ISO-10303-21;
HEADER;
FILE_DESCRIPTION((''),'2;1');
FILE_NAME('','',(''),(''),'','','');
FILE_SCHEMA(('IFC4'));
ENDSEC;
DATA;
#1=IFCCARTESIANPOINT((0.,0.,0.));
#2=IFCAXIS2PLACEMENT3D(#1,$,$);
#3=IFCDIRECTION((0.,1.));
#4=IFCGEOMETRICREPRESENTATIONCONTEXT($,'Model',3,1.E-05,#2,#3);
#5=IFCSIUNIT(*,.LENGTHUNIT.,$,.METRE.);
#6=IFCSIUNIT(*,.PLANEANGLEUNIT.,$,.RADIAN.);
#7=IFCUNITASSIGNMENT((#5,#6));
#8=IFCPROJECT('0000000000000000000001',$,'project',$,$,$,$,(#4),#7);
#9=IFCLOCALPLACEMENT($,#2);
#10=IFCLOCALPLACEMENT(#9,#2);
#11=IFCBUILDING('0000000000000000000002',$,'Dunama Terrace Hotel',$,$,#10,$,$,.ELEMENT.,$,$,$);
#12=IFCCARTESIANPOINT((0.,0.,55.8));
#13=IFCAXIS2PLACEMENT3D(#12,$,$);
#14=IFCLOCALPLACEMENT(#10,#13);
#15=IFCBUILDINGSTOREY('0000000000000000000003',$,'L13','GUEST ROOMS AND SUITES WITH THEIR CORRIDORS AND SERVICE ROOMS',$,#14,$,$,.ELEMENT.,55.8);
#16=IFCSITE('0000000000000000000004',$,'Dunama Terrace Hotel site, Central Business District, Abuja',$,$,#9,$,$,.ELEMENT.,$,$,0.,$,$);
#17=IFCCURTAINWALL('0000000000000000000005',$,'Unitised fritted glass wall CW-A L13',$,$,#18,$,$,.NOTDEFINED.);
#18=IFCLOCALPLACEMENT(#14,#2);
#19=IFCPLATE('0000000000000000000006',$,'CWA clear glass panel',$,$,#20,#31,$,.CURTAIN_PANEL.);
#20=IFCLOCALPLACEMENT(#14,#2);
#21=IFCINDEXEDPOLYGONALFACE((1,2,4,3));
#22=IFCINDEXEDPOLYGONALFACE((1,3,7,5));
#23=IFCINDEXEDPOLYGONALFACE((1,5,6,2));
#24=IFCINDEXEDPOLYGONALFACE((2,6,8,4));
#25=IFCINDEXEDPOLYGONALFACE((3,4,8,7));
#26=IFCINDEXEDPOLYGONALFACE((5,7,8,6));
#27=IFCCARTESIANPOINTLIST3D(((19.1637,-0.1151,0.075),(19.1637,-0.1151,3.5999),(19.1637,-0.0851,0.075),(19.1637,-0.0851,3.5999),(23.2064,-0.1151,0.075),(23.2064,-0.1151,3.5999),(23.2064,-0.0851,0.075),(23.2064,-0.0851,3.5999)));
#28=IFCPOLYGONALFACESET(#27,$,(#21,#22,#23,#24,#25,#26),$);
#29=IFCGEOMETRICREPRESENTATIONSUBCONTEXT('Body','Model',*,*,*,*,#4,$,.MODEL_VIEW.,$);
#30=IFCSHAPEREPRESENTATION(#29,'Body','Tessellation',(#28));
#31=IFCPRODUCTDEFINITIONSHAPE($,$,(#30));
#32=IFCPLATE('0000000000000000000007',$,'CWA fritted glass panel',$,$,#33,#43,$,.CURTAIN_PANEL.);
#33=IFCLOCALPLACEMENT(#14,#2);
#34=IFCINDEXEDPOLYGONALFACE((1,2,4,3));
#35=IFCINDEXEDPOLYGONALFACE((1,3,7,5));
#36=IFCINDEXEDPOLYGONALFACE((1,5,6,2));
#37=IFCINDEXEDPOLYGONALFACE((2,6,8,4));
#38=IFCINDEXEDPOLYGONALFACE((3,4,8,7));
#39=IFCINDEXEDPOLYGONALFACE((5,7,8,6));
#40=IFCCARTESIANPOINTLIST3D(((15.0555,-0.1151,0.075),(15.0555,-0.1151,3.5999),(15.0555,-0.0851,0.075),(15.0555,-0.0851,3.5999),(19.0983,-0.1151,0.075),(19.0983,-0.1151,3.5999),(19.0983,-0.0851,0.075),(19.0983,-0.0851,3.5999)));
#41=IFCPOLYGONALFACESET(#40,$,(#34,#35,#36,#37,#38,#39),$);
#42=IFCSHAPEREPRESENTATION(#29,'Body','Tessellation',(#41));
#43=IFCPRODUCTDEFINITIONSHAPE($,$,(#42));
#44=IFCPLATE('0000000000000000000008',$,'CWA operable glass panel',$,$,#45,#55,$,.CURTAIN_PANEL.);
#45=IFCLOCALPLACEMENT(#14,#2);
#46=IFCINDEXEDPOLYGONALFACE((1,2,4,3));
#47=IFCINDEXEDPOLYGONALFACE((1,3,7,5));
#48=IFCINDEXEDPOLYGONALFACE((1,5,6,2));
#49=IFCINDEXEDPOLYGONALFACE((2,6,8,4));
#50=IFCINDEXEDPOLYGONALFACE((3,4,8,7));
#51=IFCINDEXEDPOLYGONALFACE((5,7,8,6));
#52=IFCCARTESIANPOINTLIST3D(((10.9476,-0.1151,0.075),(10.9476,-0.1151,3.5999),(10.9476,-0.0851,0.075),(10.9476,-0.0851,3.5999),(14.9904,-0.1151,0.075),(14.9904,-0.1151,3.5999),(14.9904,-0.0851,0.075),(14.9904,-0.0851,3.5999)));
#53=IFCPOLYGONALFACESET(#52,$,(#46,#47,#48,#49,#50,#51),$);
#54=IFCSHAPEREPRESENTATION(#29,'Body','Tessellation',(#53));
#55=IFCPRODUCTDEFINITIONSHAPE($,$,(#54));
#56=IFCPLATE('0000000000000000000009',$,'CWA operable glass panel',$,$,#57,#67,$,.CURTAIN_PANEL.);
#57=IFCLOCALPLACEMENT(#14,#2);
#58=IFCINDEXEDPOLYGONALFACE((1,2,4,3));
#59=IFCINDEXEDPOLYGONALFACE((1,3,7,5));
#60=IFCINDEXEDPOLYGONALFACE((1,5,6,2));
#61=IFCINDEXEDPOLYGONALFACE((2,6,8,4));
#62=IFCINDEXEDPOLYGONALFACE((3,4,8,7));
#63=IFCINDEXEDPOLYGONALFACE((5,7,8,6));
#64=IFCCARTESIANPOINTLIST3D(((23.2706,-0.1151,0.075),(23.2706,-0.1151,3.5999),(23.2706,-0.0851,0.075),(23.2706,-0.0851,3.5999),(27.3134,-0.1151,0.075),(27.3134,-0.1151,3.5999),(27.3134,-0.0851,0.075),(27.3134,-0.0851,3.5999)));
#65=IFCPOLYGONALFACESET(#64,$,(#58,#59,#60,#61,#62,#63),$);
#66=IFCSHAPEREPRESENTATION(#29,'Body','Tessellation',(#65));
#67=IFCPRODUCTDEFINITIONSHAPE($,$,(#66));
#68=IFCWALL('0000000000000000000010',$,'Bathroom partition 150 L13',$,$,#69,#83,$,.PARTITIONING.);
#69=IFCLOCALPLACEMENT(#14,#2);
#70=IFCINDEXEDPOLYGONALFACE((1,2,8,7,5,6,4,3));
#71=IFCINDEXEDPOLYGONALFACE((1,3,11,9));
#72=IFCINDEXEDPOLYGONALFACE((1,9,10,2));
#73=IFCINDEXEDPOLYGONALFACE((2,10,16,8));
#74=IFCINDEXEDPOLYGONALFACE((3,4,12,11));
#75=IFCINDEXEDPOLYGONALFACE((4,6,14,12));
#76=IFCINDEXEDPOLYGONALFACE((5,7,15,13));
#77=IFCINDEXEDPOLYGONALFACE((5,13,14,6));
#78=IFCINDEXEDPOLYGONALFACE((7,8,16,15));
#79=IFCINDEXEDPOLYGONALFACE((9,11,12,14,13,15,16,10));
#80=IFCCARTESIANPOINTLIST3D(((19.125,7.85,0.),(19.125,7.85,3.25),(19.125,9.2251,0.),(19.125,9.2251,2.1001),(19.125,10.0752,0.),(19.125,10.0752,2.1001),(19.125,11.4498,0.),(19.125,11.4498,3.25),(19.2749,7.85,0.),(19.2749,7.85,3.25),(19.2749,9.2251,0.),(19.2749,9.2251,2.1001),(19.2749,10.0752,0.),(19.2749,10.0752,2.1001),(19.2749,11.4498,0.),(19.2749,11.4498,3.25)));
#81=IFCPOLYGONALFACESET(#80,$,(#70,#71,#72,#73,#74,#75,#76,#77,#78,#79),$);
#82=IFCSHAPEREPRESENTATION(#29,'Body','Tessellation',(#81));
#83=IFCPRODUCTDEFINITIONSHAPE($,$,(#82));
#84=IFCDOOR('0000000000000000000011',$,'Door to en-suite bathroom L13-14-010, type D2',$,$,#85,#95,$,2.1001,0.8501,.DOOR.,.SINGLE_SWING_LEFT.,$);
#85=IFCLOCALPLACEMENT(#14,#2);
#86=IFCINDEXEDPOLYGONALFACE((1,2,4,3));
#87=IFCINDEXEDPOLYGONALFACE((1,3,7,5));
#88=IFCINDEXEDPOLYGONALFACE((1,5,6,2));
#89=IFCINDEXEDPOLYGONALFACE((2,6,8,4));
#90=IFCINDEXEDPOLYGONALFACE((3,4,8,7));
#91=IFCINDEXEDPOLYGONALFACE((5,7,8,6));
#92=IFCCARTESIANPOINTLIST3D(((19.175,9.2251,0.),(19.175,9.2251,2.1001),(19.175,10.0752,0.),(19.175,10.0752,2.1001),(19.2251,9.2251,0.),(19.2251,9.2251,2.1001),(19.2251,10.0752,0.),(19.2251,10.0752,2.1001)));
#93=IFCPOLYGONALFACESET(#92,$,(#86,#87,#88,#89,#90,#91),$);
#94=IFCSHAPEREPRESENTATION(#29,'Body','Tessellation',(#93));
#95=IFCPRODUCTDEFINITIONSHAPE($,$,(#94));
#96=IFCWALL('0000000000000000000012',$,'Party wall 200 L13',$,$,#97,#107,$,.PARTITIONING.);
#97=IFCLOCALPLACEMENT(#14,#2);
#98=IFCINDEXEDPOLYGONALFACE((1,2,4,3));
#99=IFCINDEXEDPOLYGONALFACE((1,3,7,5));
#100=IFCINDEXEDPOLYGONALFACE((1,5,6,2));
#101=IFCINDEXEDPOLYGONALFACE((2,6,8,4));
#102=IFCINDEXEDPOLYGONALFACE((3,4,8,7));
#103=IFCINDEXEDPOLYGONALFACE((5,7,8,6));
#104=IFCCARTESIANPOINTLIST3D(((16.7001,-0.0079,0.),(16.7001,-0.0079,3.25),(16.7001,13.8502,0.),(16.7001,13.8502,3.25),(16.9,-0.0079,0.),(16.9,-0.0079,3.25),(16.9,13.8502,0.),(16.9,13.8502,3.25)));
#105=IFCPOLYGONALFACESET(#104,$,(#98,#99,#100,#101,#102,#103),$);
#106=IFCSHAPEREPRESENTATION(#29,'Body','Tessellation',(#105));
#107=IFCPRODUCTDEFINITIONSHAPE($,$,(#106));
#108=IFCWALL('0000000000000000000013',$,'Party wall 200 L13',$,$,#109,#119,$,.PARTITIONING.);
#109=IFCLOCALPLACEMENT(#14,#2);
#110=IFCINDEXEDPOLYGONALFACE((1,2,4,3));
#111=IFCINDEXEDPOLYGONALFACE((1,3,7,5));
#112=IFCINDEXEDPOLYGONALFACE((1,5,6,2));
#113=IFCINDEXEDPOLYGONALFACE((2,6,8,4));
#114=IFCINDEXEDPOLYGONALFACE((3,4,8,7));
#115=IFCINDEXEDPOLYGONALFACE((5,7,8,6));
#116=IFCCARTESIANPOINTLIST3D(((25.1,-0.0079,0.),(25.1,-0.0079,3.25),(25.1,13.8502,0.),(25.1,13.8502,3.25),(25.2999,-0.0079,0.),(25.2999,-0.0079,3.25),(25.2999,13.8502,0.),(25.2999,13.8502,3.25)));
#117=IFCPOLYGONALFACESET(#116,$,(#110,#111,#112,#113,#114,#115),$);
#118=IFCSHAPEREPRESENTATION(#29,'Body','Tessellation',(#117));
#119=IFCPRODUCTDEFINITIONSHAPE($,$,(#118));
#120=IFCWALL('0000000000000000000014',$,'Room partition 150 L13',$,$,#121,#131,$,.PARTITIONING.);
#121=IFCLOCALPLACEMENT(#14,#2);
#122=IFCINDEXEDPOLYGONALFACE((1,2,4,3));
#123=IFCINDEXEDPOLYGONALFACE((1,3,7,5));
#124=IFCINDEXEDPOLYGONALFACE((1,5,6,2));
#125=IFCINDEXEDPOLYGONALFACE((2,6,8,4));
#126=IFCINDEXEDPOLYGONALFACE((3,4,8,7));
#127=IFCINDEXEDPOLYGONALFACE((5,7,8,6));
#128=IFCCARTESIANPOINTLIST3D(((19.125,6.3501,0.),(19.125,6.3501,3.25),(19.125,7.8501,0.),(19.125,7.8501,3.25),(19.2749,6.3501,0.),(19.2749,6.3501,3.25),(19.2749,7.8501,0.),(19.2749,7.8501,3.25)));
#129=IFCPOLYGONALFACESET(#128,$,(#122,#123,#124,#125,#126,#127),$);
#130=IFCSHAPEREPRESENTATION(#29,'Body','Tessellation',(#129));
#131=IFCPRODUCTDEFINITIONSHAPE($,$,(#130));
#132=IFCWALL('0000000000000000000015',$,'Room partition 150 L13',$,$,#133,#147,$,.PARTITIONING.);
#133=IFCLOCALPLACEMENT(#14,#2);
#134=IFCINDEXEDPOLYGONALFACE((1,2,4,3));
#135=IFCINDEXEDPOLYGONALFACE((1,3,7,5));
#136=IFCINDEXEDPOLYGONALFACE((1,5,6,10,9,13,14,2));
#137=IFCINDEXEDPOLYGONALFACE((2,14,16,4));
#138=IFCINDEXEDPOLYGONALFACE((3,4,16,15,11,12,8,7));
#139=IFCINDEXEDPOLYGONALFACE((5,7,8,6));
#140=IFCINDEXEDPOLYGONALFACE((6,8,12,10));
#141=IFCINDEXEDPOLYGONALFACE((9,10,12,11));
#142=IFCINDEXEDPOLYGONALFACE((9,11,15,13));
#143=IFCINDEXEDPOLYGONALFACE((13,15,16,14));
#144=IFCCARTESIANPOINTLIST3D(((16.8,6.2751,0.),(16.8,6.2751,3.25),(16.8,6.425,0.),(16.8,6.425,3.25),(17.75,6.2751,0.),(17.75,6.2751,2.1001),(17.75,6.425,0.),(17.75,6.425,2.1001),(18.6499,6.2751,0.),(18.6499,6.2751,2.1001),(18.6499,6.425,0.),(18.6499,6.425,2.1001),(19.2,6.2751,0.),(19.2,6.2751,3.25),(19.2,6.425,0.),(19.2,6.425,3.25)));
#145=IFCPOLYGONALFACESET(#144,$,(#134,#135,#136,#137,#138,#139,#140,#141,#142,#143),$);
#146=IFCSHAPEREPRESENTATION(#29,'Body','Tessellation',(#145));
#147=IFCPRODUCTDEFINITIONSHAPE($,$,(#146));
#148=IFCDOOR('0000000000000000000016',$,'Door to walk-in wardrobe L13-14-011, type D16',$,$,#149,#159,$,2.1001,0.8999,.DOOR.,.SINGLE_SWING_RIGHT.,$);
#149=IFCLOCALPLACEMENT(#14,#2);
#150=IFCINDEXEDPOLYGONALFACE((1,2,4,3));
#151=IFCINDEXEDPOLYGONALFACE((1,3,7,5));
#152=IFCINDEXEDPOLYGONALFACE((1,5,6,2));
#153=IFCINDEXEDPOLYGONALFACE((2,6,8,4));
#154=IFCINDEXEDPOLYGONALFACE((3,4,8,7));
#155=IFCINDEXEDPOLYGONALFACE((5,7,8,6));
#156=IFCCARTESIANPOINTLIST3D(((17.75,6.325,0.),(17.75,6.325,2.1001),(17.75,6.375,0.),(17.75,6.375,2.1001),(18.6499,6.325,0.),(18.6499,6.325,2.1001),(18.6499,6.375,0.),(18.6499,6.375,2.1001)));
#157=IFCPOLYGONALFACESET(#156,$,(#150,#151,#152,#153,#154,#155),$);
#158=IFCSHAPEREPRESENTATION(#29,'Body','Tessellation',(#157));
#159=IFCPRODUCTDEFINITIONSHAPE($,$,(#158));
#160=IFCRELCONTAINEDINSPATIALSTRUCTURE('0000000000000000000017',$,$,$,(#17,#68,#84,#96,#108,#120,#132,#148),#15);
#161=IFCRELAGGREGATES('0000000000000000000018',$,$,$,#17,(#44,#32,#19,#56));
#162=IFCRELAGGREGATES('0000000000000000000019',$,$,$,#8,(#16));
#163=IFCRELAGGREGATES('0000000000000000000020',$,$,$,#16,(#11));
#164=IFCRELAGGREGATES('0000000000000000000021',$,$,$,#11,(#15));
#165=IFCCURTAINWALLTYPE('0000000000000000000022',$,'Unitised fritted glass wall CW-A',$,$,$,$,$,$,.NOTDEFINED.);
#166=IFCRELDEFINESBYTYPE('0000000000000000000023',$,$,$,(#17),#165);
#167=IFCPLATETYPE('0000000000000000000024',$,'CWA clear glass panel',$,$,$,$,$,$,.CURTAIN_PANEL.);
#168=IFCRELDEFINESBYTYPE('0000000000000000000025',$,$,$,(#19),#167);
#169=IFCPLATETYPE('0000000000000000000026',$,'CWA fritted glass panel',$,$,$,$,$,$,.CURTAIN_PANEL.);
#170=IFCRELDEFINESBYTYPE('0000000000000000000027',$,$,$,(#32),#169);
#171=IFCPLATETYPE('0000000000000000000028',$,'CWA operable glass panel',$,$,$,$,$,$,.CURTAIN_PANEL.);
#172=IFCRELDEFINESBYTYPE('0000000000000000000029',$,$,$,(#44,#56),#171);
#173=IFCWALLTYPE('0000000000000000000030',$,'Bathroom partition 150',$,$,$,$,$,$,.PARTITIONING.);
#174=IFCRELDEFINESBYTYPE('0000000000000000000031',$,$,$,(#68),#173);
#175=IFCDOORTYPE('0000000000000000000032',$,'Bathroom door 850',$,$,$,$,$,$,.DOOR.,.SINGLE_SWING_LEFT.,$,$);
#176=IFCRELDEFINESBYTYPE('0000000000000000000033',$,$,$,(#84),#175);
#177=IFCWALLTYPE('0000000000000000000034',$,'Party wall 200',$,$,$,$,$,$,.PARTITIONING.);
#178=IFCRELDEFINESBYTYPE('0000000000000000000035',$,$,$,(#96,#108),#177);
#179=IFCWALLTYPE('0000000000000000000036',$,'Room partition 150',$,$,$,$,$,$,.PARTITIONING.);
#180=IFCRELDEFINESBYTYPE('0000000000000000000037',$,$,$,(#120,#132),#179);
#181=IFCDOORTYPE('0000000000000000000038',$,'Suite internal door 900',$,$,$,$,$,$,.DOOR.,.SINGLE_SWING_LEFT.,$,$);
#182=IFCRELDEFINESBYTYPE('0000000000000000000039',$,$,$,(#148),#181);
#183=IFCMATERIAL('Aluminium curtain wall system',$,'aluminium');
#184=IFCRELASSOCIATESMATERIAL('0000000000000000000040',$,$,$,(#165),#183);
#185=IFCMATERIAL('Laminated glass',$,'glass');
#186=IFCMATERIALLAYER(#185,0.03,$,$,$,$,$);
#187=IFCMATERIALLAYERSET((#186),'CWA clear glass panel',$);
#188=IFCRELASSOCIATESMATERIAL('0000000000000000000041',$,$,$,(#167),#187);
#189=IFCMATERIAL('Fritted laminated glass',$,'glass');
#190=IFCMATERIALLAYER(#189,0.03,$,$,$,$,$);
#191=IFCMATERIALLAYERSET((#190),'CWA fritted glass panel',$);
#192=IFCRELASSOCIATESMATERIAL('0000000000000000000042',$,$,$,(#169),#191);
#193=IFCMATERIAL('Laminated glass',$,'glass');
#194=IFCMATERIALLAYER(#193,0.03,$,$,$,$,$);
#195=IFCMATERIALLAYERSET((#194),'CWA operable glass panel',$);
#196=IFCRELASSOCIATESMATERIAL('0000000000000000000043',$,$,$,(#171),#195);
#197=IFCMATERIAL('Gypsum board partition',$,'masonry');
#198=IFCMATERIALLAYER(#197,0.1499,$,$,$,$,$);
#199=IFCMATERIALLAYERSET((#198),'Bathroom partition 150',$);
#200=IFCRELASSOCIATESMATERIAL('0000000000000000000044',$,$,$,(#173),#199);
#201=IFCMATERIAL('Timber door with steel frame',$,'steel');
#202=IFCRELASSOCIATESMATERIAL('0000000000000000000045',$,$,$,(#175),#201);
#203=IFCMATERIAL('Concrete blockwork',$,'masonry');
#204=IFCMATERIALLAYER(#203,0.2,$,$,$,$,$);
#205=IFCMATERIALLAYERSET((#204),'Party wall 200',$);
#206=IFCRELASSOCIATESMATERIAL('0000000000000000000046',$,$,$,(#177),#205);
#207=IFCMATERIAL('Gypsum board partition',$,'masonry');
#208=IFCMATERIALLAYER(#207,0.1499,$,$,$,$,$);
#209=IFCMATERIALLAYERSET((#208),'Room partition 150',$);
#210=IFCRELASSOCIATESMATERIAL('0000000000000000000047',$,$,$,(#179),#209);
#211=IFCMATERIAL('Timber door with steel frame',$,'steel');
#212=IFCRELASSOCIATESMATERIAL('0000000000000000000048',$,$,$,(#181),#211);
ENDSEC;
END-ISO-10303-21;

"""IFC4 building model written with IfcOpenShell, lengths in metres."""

from ifc_helpers import new_model, si_unit, direction, frame, frame_2d, origin, origin_2d, place, context, subcontext, project, spatial, rectangle, extrude, material, layer, layer_set, type_object, element, fill, aggregate, save


model = new_model("IFC4")

# Units and contexts
model_context = context("Model", 3, precision=1e-05, world=origin(), true_north=direction((0.0, 1.0)))
body_context = subcontext(model_context, "Body", "Model", "MODEL_VIEW")
ifc_project = project(units=[si_unit("LENGTHUNIT", "METRE"), si_unit("PLANEANGLEUNIT", "RADIAN")], contexts=[model_context])

# Site, building, storey
site_placement = place(None, origin())
site = spatial("IfcSite", under=ifc_project, at=site_placement, Name="Dunama Terrace Hotel site, Central Business District, Abuja", CompositionType="ELEMENT", RefElevation=0.0)
building_placement = place(site_placement, origin())
building = spatial("IfcBuilding", under=site, at=building_placement, Name="Dunama Terrace Hotel", CompositionType="ELEMENT")
storey_placement = place(building_placement, frame((0.0, 0.0, 55.8)))
storey = spatial("IfcBuildingStorey", under=building, at=storey_placement, Name="L13", Description="GUEST ROOMS AND SUITES WITH THEIR CORRIDORS AND SERVICE ROOMS", CompositionType="ELEMENT", Elevation=55.8)

# Curtain wall
ifc_material_1 = material(Name="Aluminium curtain wall system", Category="aluminium")
curtain_wall_type = type_object("IfcCurtainWallType", Name="Unitised fritted glass wall CW-A", PredefinedType="NOTDEFINED", material=ifc_material_1)
curtain_wall_placement = place(storey_placement, origin())
curtain_wall = element("IfcCurtainWall", 1, at=curtain_wall_placement, inside=storey, type_object=curtain_wall_type, Name="Unitised fritted glass wall CW-A L13", PredefinedType="NOTDEFINED")

# Plates
ifc_material_2 = material(Name="Laminated glass", Category="glass")
ifc_layer_1 = layer(ifc_material_2, 0.03)
ifc_layer_set_1 = layer_set([ifc_layer_1], Name="CWA clear glass panel")
plate_type_1 = type_object("IfcPlateType", Name="CWA clear glass panel", PredefinedType="CURTAIN_PANEL", material=ifc_layer_set_1)
plate_1_placement = place(storey_placement, frame((21.1851, -0.1001, 0.075), z_axis=(0.0, 0.0, 1.0), x_axis=(1.0, 0.0, 0.0)))
plate_1 = element("IfcPlate", 2, at=plate_1_placement, type_object=plate_type_1, Name="CWA clear glass panel", PredefinedType="CURTAIN_PANEL", context=body_context, shape_type="SweptSolid", body=[
    extrude(rectangle(XDim=4.0427, YDim=0.03, at=origin_2d()), origin(), (0.0, 0.0, 1.0), 3.5249),
])
ifc_material_3 = material(Name="Fritted laminated glass", Category="glass")
ifc_layer_2 = layer(ifc_material_3, 0.03)
ifc_layer_set_2 = layer_set([ifc_layer_2], Name="CWA fritted glass panel")
plate_type_2 = type_object("IfcPlateType", Name="CWA fritted glass panel", PredefinedType="CURTAIN_PANEL", material=ifc_layer_set_2)
plate_2_placement = place(storey_placement, frame((17.0769, -0.1001, 0.075), z_axis=(0.0, 0.0, 1.0), x_axis=(1.0, 0.0, 0.0)))
plate_2 = element("IfcPlate", 3, at=plate_2_placement, type_object=plate_type_2, Name="CWA fritted glass panel", PredefinedType="CURTAIN_PANEL", context=body_context, shape_type="SweptSolid", body=[
    extrude(rectangle(XDim=4.0427, YDim=0.03, at=origin_2d()), origin(), (0.0, 0.0, 1.0), 3.5249),
])
ifc_material_4 = material(Name="Laminated glass", Category="glass")
ifc_layer_3 = layer(ifc_material_4, 0.03)
ifc_layer_set_3 = layer_set([ifc_layer_3], Name="CWA operable glass panel")
plate_type_3 = type_object("IfcPlateType", Name="CWA operable glass panel", PredefinedType="CURTAIN_PANEL", material=ifc_layer_set_3)
plate_3_placement = place(storey_placement, frame((12.969, -0.1001, 0.075), z_axis=(0.0, 0.0, 1.0), x_axis=(1.0, 0.0, 0.0)))
plate_3 = element("IfcPlate", 4, at=plate_3_placement, type_object=plate_type_3, Name="CWA operable glass panel", PredefinedType="CURTAIN_PANEL", context=body_context, shape_type="SweptSolid", body=[
    extrude(rectangle(XDim=4.0427, YDim=0.03, at=origin_2d()), origin(), (0.0, 0.0, 1.0), 3.5249),
])
plate_4_placement = place(storey_placement, frame((25.292, -0.1001, 0.075), z_axis=(0.0, 0.0, 1.0), x_axis=(1.0, 0.0, 0.0)))
plate_4 = element("IfcPlate", 5, at=plate_4_placement, type_object=plate_type_3, Name="CWA operable glass panel", PredefinedType="CURTAIN_PANEL", context=body_context, shape_type="SweptSolid", body=[
    extrude(rectangle(XDim=4.0427, YDim=0.03, at=origin_2d()), origin(), (0.0, 0.0, 1.0), 3.5249),
])
aggregate(curtain_wall, [plate_3, plate_2, plate_1, plate_4])

# Wall, opening, door
ifc_material_5 = material(Name="Gypsum board partition", Category="masonry")
ifc_layer_4 = layer(ifc_material_5, 0.1499)
ifc_layer_set_4 = layer_set([ifc_layer_4], Name="Bathroom partition 150")
wall_type_1 = type_object("IfcWallType", Name="Bathroom partition 150", PredefinedType="PARTITIONING", material=ifc_layer_set_4)
wall_1_placement = place(storey_placement, frame((19.2, 7.8501, 0.0), z_axis=(0.0, 0.0, 1.0), x_axis=(0.0, 1.0, 0.0)))
wall_1 = element("IfcWall", 6, at=wall_1_placement, inside=storey, type_object=wall_type_1, Name="Bathroom partition 150 L13", PredefinedType="PARTITIONING", context=body_context, shape_type="SweptSolid", body=[
    extrude(rectangle(XDim=3.5999, YDim=0.1499, at=frame_2d((1.7998, 0.0))), origin(), (0.0, 0.0, 1.0), 3.25),
])
opening_1_placement = place(wall_1_placement, frame((1.375, 0.0, 0.0)))
opening_1 = element("IfcOpeningElement", 7, at=opening_1_placement, cuts=wall_1, PredefinedType="OPENING", context=body_context, shape_type="SweptSolid", body=[
    extrude(rectangle(XDim=0.8501, YDim=2.1001, at=frame_2d((0.425, 1.05))), frame((0.0, 0.085, 0.0), z_axis=(0.0, -1.0, 0.0), x_axis=(1.0, 0.0, 0.0)), (0.0, 0.0, 1.0), 0.1699),
])
ifc_material_6 = material(Name="Timber door with steel frame", Category="steel")
door_type_1 = type_object("IfcDoorType", Name="Bathroom door 850", OperationType="SINGLE_SWING_LEFT", PredefinedType="DOOR", material=ifc_material_6)
door_1_placement = place(opening_1_placement, origin())
door_1 = element("IfcDoor", 8, at=door_1_placement, inside=storey, type_object=door_type_1, Name="Door to en-suite bathroom L13-14-010, type D2", OperationType="SINGLE_SWING_LEFT", OverallHeight=2.1001, OverallWidth=0.8501, PredefinedType="DOOR", context=body_context, shape_type="SweptSolid", body=[
    extrude(rectangle(XDim=0.8501, YDim=2.1001, at=frame_2d((0.425, 1.05))), frame((0.0, 0.0249, 0.0), z_axis=(0.0, -1.0, 0.0), x_axis=(1.0, 0.0, 0.0)), (0.0, 0.0, 1.0), 0.05),
])
fill(opening_1, door_1)

# Walls
ifc_material_7 = material(Name="Concrete blockwork", Category="masonry")
ifc_layer_5 = layer(ifc_material_7, 0.2)
ifc_layer_set_5 = layer_set([ifc_layer_5], Name="Party wall 200")
wall_type_2 = type_object("IfcWallType", Name="Party wall 200", PredefinedType="PARTITIONING", material=ifc_layer_set_5)
for number, where, z_axis, x_axis, name in (
    (9, (16.8, -0.0081, 0.0), (0.0, 0.0, 1.0), (0.0, 1.0, 0.0), "Party wall 200 L13"),
    (10, (25.2, -0.0081, 0.0), (0.0, 0.0, 1.0), (0.0, 1.0, 0.0), "Party wall 200 L13"),
):
    element("IfcWall", number, at=place(storey_placement, frame(where, z_axis=z_axis, x_axis=x_axis)), inside=storey, type_object=wall_type_2, Name=name, PredefinedType="PARTITIONING", context=body_context, shape_type="SweptSolid", body=[
        extrude(rectangle(XDim=13.8582, YDim=0.2, at=frame_2d((6.9292, 0.0))), origin(), (0.0, 0.0, 1.0), 3.25),
    ])
ifc_material_8 = material(Name="Gypsum board partition", Category="masonry")
ifc_layer_6 = layer(ifc_material_8, 0.1499)
ifc_layer_set_6 = layer_set([ifc_layer_6], Name="Room partition 150")
wall_type_3 = type_object("IfcWallType", Name="Room partition 150", PredefinedType="PARTITIONING", material=ifc_layer_set_6)
wall_2_placement = place(storey_placement, frame((19.2, 6.3501, 0.0), z_axis=(0.0, 0.0, 1.0), x_axis=(0.0, 1.0, 0.0)))
element("IfcWall", 11, at=wall_2_placement, inside=storey, type_object=wall_type_3, Name="Room partition 150 L13", PredefinedType="PARTITIONING", context=body_context, shape_type="SweptSolid", body=[
    extrude(rectangle(XDim=1.5, YDim=0.1499, at=frame_2d((0.75, 0.0))), origin(), (0.0, 0.0, 1.0), 3.25),
])

# Wall, opening, door
wall_3_placement = place(storey_placement, frame((16.8, 6.3501, 0.0), z_axis=(0.0, 0.0, 1.0), x_axis=(1.0, 0.0, 0.0)))
wall_3 = element("IfcWall", 12, at=wall_3_placement, inside=storey, type_object=wall_type_3, Name="Room partition 150 L13", PredefinedType="PARTITIONING", context=body_context, shape_type="SweptSolid", body=[
    extrude(rectangle(XDim=2.3999, YDim=0.1499, at=frame_2d((1.2, 0.0))), origin(), (0.0, 0.0, 1.0), 3.25),
])
opening_2_placement = place(wall_3_placement, frame((0.95, 0.0, 0.0)))
opening_2 = element("IfcOpeningElement", 13, at=opening_2_placement, cuts=wall_3, PredefinedType="OPENING", context=body_context, shape_type="SweptSolid", body=[
    extrude(rectangle(XDim=0.8999, YDim=2.1001, at=frame_2d((0.45, 1.05))), frame((0.0, 0.085, 0.0), z_axis=(0.0, -1.0, 0.0), x_axis=(1.0, 0.0, 0.0)), (0.0, 0.0, 1.0), 0.1699),
])
ifc_material_9 = material(Name="Timber door with steel frame", Category="steel")
door_type_2 = type_object("IfcDoorType", Name="Suite internal door 900", OperationType="SINGLE_SWING_LEFT", PredefinedType="DOOR", material=ifc_material_9)
door_2_placement = place(opening_2_placement, origin())
door_2 = element("IfcDoor", 14, at=door_2_placement, inside=storey, type_object=door_type_2, Name="Door to walk-in wardrobe L13-14-011, type D16", OperationType="SINGLE_SWING_RIGHT", OverallHeight=2.1001, OverallWidth=0.8999, PredefinedType="DOOR", context=body_context, shape_type="SweptSolid", body=[
    extrude(rectangle(XDim=0.8999, YDim=2.1001, at=frame_2d((0.45, 1.05))), frame((0.0, 0.0249, 0.0), z_axis=(0.0, -1.0, 0.0), x_axis=(1.0, 0.0, 0.0)), (0.0, 0.0, 1.0), 0.05),
])
fill(opening_2, door_2)

save(model, "model.ifc")
